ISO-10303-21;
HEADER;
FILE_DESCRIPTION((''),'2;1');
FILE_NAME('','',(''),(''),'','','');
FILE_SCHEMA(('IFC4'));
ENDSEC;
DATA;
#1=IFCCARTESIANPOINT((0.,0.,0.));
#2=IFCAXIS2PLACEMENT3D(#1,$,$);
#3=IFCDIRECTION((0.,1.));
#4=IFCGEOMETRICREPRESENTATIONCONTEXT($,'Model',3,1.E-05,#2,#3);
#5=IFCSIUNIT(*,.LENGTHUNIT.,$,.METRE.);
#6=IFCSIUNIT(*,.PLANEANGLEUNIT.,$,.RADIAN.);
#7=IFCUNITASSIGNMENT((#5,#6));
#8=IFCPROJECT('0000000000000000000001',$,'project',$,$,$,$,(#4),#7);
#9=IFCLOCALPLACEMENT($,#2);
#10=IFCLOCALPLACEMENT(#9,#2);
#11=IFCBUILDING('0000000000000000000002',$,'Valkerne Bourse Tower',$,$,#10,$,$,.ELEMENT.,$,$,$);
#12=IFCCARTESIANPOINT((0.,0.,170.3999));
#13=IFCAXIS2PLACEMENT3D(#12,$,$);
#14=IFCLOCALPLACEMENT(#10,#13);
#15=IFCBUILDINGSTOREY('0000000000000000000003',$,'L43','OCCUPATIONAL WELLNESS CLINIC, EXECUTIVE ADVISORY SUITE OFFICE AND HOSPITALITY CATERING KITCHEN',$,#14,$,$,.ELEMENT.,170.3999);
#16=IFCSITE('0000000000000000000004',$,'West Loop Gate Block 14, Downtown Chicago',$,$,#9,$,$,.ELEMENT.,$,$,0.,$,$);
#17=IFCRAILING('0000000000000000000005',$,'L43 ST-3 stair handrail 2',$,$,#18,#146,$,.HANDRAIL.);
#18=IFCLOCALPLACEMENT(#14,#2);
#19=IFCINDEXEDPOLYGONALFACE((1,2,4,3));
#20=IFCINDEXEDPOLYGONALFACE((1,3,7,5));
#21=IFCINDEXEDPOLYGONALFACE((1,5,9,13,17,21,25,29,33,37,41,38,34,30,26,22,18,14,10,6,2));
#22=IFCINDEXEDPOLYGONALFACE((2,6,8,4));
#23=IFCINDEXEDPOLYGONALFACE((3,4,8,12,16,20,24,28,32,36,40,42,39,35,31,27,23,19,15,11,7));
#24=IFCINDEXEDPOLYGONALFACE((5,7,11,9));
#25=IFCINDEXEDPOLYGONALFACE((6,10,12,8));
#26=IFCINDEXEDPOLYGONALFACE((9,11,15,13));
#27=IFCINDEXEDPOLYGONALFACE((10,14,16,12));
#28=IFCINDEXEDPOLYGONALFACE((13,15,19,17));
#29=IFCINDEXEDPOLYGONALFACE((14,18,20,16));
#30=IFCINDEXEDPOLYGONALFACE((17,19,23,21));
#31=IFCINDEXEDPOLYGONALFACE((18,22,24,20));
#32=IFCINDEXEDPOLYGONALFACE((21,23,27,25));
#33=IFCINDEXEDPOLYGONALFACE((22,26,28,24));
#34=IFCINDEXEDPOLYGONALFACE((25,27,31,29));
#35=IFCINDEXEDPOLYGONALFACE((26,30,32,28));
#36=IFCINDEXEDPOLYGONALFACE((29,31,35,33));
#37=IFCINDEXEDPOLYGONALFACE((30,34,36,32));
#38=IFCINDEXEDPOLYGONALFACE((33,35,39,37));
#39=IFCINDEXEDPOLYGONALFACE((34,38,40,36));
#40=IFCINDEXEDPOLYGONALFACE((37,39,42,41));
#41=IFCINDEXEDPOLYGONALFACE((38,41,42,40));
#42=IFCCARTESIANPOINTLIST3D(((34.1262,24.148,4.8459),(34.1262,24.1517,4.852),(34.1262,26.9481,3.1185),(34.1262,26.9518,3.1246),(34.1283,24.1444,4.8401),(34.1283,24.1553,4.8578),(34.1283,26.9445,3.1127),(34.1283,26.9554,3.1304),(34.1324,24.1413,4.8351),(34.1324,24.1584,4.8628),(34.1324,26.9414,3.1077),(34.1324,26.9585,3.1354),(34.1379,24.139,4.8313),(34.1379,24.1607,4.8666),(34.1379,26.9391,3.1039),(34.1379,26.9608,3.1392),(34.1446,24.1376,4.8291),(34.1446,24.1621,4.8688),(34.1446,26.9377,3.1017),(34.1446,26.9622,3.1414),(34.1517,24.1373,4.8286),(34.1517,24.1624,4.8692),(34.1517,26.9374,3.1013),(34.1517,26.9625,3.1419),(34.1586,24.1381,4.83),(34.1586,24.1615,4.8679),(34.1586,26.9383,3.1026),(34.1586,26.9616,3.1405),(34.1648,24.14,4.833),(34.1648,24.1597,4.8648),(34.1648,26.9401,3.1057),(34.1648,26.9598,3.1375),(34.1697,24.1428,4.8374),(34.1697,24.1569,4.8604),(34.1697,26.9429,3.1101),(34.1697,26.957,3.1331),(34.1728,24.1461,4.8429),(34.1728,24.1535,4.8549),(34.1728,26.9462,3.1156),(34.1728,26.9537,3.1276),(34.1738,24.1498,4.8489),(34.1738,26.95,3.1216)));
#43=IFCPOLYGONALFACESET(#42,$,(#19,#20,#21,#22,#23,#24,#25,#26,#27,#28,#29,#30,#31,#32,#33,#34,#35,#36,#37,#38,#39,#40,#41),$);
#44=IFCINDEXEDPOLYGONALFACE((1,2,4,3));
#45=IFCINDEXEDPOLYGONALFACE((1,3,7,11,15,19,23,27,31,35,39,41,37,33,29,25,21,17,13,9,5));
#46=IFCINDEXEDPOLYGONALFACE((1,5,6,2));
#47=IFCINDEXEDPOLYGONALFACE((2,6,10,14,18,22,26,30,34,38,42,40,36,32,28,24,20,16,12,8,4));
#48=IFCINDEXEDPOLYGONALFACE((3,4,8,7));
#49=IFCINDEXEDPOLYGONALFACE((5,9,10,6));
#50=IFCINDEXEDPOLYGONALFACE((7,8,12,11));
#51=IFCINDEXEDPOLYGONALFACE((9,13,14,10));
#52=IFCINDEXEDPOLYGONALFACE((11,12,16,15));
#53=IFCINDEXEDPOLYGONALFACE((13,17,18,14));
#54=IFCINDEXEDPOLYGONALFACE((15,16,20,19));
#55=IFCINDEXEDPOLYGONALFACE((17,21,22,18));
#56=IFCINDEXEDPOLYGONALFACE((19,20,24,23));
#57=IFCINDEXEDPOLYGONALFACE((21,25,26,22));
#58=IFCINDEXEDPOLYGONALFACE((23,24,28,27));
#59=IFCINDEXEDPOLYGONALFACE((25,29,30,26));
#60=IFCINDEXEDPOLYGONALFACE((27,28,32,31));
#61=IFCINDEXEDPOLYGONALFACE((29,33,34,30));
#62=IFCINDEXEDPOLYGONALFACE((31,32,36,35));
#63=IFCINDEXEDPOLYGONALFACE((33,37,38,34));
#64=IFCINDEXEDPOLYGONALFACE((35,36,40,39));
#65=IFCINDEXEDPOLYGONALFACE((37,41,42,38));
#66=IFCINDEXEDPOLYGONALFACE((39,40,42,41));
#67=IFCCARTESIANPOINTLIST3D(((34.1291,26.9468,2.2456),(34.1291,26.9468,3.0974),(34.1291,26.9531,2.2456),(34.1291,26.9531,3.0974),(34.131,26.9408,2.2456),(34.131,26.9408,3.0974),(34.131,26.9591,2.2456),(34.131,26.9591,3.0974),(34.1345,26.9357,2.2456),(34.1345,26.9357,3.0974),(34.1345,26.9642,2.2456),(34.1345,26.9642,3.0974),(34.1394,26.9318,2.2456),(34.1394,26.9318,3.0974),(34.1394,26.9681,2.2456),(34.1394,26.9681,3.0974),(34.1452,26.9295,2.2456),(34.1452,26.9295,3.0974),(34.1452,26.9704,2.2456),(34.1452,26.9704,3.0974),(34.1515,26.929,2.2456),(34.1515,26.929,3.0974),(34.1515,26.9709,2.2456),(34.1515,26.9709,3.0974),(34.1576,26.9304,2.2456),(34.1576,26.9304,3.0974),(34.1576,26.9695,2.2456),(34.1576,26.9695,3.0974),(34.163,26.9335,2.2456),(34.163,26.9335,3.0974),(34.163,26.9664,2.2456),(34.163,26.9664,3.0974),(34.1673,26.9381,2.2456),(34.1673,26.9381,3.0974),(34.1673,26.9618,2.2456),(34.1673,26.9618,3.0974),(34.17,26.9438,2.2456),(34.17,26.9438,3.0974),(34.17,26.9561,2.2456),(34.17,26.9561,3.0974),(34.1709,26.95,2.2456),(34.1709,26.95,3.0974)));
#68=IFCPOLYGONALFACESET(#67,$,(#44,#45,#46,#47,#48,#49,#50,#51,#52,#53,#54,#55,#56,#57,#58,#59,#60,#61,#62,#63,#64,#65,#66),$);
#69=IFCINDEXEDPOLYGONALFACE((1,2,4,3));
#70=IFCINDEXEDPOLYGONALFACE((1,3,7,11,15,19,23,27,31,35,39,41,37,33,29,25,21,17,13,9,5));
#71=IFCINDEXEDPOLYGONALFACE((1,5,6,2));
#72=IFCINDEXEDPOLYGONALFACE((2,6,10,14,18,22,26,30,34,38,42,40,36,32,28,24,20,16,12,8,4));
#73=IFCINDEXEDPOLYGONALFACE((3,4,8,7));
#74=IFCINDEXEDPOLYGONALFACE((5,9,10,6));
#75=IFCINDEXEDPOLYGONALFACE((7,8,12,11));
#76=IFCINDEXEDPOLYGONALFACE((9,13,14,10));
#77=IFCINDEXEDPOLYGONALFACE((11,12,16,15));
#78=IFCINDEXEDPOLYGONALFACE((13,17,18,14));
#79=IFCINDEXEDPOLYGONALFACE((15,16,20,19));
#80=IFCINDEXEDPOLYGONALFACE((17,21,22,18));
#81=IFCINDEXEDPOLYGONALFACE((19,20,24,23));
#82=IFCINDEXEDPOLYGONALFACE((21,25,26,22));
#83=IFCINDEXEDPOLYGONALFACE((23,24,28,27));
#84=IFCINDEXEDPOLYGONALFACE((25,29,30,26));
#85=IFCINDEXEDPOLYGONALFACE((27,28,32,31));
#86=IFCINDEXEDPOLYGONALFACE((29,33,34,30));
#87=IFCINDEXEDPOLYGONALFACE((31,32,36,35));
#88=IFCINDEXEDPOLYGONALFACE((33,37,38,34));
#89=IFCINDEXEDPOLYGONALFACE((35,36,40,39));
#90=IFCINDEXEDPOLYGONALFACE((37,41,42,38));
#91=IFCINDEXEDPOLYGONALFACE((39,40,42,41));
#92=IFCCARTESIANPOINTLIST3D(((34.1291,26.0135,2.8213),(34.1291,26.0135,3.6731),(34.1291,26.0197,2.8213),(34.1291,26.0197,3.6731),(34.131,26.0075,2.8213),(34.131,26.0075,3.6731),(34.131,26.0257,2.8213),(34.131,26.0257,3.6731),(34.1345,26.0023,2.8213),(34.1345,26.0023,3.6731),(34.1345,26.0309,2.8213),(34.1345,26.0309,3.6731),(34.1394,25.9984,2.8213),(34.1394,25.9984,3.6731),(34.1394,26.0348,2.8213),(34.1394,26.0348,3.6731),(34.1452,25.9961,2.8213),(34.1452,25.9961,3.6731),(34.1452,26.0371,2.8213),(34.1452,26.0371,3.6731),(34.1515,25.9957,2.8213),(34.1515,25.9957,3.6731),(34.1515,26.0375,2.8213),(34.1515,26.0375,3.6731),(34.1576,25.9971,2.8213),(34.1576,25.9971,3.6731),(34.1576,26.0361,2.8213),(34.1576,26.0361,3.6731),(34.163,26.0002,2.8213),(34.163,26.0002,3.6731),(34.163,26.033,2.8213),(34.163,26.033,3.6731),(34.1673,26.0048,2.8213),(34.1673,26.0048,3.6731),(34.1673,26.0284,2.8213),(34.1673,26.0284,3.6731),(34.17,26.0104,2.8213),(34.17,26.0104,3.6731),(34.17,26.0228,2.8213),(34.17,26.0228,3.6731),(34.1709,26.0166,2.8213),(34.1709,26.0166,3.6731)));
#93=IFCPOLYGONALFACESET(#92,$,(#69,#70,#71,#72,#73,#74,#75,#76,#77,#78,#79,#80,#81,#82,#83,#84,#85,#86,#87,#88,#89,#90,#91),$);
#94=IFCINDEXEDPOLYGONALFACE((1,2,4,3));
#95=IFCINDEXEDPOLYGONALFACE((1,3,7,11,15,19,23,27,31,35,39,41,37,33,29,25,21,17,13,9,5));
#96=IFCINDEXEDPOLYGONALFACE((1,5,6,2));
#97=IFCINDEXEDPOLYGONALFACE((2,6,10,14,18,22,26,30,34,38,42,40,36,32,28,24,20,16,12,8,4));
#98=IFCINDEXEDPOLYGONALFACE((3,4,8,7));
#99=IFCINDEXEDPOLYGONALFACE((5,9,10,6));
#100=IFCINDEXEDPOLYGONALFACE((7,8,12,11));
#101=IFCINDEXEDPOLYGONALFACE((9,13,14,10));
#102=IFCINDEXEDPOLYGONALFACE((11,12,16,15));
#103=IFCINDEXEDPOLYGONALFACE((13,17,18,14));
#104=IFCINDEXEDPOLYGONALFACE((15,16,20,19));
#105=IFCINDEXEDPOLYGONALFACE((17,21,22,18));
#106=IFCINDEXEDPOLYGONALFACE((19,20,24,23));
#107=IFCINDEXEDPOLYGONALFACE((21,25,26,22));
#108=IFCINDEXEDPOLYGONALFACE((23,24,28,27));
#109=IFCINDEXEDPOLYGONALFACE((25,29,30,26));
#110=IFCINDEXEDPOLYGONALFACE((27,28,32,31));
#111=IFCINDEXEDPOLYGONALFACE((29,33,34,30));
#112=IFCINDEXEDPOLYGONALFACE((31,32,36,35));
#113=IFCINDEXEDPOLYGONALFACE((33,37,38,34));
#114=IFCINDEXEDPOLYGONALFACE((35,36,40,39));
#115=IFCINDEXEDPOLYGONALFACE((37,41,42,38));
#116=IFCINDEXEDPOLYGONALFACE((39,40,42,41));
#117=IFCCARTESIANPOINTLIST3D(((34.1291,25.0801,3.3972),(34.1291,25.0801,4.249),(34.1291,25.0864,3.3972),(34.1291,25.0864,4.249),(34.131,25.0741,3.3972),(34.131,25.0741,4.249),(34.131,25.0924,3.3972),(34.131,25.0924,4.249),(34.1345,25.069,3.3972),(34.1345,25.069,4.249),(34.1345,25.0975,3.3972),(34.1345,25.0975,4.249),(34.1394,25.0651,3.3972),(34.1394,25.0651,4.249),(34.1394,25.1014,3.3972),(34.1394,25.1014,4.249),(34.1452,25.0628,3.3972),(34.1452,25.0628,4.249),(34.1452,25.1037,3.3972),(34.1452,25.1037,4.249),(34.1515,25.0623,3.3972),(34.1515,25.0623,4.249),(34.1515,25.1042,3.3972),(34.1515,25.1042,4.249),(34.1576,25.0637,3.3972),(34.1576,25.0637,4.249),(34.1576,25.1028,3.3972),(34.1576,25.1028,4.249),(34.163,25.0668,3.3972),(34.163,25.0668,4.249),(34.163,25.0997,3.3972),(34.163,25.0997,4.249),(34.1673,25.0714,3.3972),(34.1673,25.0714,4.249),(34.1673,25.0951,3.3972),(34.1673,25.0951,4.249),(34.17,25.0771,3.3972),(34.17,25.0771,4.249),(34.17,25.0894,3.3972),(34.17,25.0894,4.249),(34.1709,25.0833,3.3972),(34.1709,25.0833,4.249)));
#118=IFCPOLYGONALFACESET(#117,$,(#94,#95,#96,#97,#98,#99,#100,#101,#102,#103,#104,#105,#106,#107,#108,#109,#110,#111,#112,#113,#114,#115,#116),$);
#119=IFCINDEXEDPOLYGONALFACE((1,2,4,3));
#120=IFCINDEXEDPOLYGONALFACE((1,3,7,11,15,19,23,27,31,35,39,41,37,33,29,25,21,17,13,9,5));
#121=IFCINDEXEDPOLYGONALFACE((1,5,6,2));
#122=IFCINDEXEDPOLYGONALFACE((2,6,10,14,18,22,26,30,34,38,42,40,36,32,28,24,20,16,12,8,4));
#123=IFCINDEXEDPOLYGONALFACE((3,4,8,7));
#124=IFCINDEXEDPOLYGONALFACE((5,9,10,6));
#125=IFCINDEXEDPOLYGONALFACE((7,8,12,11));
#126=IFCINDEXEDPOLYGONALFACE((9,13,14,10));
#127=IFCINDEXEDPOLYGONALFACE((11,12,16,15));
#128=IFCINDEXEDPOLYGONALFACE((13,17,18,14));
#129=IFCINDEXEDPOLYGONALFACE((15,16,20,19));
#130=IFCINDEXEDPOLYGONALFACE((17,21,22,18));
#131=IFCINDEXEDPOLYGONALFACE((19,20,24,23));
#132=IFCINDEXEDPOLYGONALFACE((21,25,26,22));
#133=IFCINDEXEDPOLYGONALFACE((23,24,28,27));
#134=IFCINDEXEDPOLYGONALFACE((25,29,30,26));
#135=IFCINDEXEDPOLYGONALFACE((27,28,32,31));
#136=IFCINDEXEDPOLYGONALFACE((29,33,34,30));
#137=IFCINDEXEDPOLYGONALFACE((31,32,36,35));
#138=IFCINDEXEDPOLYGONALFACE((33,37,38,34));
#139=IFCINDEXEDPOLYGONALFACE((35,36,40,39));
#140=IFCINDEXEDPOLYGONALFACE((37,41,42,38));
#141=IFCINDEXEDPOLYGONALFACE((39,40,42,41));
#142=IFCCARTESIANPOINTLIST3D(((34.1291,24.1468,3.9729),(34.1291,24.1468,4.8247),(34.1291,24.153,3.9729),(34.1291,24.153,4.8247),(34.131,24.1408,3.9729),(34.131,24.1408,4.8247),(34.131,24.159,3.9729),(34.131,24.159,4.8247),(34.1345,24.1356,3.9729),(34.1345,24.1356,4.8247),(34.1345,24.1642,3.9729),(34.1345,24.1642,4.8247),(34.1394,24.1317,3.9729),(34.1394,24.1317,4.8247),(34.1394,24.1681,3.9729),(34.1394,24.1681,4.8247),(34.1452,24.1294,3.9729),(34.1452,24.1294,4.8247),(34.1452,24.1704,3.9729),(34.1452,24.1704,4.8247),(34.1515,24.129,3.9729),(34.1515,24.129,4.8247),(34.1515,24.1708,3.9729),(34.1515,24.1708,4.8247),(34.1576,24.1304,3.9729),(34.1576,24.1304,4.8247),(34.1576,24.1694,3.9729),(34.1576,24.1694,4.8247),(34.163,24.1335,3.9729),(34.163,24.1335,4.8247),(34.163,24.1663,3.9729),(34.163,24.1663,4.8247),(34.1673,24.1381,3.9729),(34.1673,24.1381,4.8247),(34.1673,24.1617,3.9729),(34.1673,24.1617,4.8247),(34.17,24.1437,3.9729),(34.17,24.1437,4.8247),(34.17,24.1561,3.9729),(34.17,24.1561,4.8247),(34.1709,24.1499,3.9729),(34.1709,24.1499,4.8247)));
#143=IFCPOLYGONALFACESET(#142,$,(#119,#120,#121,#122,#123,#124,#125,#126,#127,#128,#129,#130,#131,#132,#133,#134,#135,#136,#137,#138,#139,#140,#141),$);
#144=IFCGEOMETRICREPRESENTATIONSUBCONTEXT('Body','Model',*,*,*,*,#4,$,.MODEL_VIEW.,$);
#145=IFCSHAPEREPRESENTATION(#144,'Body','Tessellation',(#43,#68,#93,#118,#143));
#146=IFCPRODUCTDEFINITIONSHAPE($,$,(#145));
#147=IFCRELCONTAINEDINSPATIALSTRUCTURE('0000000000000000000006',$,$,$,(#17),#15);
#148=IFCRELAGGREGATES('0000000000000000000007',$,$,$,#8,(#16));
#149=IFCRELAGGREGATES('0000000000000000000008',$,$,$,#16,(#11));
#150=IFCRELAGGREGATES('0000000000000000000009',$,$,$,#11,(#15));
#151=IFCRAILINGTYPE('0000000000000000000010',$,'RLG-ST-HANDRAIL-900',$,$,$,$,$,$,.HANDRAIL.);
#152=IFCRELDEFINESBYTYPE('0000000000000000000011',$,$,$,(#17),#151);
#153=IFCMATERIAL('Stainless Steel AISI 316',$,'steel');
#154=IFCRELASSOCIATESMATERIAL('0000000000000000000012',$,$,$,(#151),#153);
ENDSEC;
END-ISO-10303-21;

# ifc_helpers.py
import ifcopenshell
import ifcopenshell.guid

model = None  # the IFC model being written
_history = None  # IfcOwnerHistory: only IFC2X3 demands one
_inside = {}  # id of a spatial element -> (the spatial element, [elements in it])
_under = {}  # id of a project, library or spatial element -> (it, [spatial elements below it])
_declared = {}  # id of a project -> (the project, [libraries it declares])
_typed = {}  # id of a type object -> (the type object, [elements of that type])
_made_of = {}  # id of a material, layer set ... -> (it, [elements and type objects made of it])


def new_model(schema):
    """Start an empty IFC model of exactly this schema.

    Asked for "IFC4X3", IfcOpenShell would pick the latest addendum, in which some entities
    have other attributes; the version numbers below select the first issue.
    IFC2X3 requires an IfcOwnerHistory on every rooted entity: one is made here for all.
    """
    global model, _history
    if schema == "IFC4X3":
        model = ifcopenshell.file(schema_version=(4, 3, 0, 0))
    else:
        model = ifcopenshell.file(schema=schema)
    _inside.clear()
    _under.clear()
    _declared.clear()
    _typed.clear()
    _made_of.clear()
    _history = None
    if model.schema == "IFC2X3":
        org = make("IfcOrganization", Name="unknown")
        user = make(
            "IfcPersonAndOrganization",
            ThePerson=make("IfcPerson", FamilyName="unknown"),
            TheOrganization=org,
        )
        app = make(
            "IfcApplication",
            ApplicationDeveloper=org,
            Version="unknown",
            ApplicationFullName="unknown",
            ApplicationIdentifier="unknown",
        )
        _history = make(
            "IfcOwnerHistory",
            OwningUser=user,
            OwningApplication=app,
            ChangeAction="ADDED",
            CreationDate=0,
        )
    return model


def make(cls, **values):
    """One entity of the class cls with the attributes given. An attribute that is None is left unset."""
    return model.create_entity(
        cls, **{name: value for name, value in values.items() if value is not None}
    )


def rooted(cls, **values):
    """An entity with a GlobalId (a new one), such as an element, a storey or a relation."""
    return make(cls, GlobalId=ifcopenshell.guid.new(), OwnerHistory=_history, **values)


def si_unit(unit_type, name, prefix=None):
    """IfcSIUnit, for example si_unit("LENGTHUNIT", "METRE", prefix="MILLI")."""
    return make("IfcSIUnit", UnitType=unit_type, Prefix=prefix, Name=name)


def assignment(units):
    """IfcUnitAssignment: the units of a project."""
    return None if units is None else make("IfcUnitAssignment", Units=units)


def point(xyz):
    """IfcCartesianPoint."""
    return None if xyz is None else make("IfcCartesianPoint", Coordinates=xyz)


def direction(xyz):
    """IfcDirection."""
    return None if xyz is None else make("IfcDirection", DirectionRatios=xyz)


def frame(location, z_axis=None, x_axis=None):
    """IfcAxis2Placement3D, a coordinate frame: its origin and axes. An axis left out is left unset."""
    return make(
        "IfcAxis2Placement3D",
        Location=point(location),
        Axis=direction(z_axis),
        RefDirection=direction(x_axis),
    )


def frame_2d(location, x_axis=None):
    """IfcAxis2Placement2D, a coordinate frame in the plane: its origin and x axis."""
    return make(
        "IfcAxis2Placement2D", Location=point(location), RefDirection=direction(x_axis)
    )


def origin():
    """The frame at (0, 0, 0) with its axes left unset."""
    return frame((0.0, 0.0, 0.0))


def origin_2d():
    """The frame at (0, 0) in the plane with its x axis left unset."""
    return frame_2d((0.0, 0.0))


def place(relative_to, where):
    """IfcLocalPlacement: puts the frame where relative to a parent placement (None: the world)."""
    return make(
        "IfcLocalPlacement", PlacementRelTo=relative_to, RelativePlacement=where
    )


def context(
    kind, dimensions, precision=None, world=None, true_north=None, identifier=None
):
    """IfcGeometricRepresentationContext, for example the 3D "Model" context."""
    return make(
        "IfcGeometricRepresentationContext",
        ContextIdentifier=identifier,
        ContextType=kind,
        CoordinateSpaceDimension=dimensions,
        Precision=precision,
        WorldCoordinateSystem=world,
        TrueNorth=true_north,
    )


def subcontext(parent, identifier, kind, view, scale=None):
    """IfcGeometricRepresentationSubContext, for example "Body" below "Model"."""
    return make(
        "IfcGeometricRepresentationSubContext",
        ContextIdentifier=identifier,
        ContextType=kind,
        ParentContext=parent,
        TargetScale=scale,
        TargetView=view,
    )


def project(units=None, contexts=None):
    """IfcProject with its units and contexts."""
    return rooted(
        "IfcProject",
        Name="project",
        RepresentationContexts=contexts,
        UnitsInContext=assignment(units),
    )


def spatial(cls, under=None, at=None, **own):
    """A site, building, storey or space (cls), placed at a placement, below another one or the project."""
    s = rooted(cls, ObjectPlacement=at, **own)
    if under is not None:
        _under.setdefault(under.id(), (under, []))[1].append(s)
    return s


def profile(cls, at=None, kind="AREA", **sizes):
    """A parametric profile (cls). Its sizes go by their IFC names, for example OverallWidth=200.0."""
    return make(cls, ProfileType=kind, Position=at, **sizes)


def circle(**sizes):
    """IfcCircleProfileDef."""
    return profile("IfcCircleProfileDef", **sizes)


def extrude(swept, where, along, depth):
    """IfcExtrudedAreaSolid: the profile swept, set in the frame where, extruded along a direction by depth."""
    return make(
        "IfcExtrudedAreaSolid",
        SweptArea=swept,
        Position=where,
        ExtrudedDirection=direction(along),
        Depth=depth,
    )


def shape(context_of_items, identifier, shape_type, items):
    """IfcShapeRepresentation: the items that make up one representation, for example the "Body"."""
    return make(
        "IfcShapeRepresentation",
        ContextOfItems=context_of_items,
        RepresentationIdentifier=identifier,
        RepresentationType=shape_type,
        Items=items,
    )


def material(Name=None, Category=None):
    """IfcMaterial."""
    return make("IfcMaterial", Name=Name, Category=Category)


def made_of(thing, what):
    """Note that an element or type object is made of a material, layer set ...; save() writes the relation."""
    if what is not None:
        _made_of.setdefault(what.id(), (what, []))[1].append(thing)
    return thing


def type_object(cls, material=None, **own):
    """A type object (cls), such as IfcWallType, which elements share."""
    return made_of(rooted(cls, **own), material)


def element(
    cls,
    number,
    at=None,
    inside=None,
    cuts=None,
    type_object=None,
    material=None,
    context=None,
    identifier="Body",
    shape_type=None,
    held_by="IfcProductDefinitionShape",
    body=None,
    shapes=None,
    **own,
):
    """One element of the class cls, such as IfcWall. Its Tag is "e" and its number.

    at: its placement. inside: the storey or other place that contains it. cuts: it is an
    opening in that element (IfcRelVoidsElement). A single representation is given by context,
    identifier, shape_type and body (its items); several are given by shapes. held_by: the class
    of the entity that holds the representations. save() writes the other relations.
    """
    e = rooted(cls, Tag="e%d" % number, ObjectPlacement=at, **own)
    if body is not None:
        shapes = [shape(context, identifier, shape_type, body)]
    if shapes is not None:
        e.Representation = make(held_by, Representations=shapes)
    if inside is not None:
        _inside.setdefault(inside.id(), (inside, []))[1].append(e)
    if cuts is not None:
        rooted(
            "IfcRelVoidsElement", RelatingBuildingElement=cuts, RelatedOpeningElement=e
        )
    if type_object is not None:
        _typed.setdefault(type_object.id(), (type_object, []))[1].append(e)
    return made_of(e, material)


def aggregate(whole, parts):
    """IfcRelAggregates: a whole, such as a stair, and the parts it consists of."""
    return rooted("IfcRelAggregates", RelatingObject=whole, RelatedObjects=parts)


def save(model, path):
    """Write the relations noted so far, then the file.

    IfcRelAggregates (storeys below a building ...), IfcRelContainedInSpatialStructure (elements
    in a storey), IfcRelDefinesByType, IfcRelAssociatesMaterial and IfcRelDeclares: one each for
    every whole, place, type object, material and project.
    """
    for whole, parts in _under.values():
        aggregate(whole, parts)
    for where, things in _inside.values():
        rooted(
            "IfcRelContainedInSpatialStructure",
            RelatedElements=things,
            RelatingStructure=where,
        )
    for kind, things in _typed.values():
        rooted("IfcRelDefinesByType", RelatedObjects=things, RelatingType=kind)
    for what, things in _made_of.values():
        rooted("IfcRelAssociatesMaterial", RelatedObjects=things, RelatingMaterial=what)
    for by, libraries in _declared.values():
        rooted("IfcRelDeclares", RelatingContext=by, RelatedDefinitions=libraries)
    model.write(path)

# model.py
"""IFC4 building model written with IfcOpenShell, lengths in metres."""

from ifc_helpers import new_model, si_unit, direction, frame, origin, origin_2d, place, context, subcontext, project, spatial, circle, extrude, material, type_object, element, save


model = new_model("IFC4")

# Units and contexts
model_context = context("Model", 3, precision=1e-05, world=origin(), true_north=direction((0.0, 1.0)))
body_context = subcontext(model_context, "Body", "Model", "MODEL_VIEW")
ifc_project = project(units=[si_unit("LENGTHUNIT", "METRE"), si_unit("PLANEANGLEUNIT", "RADIAN")], contexts=[model_context])

# Site, building, storey
site_placement = place(None, origin())
site = spatial("IfcSite", under=ifc_project, at=site_placement, Name="West Loop Gate Block 14, Downtown Chicago", CompositionType="ELEMENT", RefElevation=0.0)
building_placement = place(site_placement, origin())
building = spatial("IfcBuilding", under=site, at=building_placement, Name="Valkerne Bourse Tower", CompositionType="ELEMENT")
storey_placement = place(building_placement, frame((0.0, 0.0, 170.3999)))
storey = spatial("IfcBuildingStorey", under=building, at=storey_placement, Name="L43", Description="OCCUPATIONAL WELLNESS CLINIC, EXECUTIVE ADVISORY SUITE OFFICE AND HOSPITALITY CATERING KITCHEN", CompositionType="ELEMENT", Elevation=170.3999)

# Railing
ifc_material_1 = material(Name="Stainless Steel AISI 316", Category="steel")
railing_type_1 = type_object("IfcRailingType", Name="RLG-ST-HANDRAIL-900", PredefinedType="HANDRAIL", material=ifc_material_1)
railing_1_placement = place(storey_placement, frame((34.1499, 26.95, 2.2456)))
element("IfcRailing", 1, at=railing_1_placement, inside=storey, type_object=railing_type_1, Name="L43 ST-3 stair handrail 2", PredefinedType="HANDRAIL", context=body_context, shape_type="SweptSolid", body=[
    extrude(circle(Radius=0.0239, at=origin_2d()), frame((0.0, 0.0, 0.876), z_axis=(0.0, -0.85109, 0.52502), x_axis=(1.0, 0.0, 0.0)), (0.0, 0.0, 1.0), 3.29),
    extrude(circle(Radius=0.021, at=origin_2d()), origin(), (0.0, 0.0, 1.0), 0.8518),
    extrude(circle(Radius=0.021, at=origin_2d()), frame((0.0, -0.9333, 0.5757)), (0.0, 0.0, 1.0), 0.8518),
    extrude(circle(Radius=0.021, at=origin_2d()), frame((0.0, -1.8667, 1.1516)), (0.0, 0.0, 1.0), 0.8518),
    extrude(circle(Radius=0.021, at=origin_2d()), frame((0.0, -2.8, 1.7273)), (0.0, 0.0, 1.0), 0.8518),
])

save(model, "model.ifc")
